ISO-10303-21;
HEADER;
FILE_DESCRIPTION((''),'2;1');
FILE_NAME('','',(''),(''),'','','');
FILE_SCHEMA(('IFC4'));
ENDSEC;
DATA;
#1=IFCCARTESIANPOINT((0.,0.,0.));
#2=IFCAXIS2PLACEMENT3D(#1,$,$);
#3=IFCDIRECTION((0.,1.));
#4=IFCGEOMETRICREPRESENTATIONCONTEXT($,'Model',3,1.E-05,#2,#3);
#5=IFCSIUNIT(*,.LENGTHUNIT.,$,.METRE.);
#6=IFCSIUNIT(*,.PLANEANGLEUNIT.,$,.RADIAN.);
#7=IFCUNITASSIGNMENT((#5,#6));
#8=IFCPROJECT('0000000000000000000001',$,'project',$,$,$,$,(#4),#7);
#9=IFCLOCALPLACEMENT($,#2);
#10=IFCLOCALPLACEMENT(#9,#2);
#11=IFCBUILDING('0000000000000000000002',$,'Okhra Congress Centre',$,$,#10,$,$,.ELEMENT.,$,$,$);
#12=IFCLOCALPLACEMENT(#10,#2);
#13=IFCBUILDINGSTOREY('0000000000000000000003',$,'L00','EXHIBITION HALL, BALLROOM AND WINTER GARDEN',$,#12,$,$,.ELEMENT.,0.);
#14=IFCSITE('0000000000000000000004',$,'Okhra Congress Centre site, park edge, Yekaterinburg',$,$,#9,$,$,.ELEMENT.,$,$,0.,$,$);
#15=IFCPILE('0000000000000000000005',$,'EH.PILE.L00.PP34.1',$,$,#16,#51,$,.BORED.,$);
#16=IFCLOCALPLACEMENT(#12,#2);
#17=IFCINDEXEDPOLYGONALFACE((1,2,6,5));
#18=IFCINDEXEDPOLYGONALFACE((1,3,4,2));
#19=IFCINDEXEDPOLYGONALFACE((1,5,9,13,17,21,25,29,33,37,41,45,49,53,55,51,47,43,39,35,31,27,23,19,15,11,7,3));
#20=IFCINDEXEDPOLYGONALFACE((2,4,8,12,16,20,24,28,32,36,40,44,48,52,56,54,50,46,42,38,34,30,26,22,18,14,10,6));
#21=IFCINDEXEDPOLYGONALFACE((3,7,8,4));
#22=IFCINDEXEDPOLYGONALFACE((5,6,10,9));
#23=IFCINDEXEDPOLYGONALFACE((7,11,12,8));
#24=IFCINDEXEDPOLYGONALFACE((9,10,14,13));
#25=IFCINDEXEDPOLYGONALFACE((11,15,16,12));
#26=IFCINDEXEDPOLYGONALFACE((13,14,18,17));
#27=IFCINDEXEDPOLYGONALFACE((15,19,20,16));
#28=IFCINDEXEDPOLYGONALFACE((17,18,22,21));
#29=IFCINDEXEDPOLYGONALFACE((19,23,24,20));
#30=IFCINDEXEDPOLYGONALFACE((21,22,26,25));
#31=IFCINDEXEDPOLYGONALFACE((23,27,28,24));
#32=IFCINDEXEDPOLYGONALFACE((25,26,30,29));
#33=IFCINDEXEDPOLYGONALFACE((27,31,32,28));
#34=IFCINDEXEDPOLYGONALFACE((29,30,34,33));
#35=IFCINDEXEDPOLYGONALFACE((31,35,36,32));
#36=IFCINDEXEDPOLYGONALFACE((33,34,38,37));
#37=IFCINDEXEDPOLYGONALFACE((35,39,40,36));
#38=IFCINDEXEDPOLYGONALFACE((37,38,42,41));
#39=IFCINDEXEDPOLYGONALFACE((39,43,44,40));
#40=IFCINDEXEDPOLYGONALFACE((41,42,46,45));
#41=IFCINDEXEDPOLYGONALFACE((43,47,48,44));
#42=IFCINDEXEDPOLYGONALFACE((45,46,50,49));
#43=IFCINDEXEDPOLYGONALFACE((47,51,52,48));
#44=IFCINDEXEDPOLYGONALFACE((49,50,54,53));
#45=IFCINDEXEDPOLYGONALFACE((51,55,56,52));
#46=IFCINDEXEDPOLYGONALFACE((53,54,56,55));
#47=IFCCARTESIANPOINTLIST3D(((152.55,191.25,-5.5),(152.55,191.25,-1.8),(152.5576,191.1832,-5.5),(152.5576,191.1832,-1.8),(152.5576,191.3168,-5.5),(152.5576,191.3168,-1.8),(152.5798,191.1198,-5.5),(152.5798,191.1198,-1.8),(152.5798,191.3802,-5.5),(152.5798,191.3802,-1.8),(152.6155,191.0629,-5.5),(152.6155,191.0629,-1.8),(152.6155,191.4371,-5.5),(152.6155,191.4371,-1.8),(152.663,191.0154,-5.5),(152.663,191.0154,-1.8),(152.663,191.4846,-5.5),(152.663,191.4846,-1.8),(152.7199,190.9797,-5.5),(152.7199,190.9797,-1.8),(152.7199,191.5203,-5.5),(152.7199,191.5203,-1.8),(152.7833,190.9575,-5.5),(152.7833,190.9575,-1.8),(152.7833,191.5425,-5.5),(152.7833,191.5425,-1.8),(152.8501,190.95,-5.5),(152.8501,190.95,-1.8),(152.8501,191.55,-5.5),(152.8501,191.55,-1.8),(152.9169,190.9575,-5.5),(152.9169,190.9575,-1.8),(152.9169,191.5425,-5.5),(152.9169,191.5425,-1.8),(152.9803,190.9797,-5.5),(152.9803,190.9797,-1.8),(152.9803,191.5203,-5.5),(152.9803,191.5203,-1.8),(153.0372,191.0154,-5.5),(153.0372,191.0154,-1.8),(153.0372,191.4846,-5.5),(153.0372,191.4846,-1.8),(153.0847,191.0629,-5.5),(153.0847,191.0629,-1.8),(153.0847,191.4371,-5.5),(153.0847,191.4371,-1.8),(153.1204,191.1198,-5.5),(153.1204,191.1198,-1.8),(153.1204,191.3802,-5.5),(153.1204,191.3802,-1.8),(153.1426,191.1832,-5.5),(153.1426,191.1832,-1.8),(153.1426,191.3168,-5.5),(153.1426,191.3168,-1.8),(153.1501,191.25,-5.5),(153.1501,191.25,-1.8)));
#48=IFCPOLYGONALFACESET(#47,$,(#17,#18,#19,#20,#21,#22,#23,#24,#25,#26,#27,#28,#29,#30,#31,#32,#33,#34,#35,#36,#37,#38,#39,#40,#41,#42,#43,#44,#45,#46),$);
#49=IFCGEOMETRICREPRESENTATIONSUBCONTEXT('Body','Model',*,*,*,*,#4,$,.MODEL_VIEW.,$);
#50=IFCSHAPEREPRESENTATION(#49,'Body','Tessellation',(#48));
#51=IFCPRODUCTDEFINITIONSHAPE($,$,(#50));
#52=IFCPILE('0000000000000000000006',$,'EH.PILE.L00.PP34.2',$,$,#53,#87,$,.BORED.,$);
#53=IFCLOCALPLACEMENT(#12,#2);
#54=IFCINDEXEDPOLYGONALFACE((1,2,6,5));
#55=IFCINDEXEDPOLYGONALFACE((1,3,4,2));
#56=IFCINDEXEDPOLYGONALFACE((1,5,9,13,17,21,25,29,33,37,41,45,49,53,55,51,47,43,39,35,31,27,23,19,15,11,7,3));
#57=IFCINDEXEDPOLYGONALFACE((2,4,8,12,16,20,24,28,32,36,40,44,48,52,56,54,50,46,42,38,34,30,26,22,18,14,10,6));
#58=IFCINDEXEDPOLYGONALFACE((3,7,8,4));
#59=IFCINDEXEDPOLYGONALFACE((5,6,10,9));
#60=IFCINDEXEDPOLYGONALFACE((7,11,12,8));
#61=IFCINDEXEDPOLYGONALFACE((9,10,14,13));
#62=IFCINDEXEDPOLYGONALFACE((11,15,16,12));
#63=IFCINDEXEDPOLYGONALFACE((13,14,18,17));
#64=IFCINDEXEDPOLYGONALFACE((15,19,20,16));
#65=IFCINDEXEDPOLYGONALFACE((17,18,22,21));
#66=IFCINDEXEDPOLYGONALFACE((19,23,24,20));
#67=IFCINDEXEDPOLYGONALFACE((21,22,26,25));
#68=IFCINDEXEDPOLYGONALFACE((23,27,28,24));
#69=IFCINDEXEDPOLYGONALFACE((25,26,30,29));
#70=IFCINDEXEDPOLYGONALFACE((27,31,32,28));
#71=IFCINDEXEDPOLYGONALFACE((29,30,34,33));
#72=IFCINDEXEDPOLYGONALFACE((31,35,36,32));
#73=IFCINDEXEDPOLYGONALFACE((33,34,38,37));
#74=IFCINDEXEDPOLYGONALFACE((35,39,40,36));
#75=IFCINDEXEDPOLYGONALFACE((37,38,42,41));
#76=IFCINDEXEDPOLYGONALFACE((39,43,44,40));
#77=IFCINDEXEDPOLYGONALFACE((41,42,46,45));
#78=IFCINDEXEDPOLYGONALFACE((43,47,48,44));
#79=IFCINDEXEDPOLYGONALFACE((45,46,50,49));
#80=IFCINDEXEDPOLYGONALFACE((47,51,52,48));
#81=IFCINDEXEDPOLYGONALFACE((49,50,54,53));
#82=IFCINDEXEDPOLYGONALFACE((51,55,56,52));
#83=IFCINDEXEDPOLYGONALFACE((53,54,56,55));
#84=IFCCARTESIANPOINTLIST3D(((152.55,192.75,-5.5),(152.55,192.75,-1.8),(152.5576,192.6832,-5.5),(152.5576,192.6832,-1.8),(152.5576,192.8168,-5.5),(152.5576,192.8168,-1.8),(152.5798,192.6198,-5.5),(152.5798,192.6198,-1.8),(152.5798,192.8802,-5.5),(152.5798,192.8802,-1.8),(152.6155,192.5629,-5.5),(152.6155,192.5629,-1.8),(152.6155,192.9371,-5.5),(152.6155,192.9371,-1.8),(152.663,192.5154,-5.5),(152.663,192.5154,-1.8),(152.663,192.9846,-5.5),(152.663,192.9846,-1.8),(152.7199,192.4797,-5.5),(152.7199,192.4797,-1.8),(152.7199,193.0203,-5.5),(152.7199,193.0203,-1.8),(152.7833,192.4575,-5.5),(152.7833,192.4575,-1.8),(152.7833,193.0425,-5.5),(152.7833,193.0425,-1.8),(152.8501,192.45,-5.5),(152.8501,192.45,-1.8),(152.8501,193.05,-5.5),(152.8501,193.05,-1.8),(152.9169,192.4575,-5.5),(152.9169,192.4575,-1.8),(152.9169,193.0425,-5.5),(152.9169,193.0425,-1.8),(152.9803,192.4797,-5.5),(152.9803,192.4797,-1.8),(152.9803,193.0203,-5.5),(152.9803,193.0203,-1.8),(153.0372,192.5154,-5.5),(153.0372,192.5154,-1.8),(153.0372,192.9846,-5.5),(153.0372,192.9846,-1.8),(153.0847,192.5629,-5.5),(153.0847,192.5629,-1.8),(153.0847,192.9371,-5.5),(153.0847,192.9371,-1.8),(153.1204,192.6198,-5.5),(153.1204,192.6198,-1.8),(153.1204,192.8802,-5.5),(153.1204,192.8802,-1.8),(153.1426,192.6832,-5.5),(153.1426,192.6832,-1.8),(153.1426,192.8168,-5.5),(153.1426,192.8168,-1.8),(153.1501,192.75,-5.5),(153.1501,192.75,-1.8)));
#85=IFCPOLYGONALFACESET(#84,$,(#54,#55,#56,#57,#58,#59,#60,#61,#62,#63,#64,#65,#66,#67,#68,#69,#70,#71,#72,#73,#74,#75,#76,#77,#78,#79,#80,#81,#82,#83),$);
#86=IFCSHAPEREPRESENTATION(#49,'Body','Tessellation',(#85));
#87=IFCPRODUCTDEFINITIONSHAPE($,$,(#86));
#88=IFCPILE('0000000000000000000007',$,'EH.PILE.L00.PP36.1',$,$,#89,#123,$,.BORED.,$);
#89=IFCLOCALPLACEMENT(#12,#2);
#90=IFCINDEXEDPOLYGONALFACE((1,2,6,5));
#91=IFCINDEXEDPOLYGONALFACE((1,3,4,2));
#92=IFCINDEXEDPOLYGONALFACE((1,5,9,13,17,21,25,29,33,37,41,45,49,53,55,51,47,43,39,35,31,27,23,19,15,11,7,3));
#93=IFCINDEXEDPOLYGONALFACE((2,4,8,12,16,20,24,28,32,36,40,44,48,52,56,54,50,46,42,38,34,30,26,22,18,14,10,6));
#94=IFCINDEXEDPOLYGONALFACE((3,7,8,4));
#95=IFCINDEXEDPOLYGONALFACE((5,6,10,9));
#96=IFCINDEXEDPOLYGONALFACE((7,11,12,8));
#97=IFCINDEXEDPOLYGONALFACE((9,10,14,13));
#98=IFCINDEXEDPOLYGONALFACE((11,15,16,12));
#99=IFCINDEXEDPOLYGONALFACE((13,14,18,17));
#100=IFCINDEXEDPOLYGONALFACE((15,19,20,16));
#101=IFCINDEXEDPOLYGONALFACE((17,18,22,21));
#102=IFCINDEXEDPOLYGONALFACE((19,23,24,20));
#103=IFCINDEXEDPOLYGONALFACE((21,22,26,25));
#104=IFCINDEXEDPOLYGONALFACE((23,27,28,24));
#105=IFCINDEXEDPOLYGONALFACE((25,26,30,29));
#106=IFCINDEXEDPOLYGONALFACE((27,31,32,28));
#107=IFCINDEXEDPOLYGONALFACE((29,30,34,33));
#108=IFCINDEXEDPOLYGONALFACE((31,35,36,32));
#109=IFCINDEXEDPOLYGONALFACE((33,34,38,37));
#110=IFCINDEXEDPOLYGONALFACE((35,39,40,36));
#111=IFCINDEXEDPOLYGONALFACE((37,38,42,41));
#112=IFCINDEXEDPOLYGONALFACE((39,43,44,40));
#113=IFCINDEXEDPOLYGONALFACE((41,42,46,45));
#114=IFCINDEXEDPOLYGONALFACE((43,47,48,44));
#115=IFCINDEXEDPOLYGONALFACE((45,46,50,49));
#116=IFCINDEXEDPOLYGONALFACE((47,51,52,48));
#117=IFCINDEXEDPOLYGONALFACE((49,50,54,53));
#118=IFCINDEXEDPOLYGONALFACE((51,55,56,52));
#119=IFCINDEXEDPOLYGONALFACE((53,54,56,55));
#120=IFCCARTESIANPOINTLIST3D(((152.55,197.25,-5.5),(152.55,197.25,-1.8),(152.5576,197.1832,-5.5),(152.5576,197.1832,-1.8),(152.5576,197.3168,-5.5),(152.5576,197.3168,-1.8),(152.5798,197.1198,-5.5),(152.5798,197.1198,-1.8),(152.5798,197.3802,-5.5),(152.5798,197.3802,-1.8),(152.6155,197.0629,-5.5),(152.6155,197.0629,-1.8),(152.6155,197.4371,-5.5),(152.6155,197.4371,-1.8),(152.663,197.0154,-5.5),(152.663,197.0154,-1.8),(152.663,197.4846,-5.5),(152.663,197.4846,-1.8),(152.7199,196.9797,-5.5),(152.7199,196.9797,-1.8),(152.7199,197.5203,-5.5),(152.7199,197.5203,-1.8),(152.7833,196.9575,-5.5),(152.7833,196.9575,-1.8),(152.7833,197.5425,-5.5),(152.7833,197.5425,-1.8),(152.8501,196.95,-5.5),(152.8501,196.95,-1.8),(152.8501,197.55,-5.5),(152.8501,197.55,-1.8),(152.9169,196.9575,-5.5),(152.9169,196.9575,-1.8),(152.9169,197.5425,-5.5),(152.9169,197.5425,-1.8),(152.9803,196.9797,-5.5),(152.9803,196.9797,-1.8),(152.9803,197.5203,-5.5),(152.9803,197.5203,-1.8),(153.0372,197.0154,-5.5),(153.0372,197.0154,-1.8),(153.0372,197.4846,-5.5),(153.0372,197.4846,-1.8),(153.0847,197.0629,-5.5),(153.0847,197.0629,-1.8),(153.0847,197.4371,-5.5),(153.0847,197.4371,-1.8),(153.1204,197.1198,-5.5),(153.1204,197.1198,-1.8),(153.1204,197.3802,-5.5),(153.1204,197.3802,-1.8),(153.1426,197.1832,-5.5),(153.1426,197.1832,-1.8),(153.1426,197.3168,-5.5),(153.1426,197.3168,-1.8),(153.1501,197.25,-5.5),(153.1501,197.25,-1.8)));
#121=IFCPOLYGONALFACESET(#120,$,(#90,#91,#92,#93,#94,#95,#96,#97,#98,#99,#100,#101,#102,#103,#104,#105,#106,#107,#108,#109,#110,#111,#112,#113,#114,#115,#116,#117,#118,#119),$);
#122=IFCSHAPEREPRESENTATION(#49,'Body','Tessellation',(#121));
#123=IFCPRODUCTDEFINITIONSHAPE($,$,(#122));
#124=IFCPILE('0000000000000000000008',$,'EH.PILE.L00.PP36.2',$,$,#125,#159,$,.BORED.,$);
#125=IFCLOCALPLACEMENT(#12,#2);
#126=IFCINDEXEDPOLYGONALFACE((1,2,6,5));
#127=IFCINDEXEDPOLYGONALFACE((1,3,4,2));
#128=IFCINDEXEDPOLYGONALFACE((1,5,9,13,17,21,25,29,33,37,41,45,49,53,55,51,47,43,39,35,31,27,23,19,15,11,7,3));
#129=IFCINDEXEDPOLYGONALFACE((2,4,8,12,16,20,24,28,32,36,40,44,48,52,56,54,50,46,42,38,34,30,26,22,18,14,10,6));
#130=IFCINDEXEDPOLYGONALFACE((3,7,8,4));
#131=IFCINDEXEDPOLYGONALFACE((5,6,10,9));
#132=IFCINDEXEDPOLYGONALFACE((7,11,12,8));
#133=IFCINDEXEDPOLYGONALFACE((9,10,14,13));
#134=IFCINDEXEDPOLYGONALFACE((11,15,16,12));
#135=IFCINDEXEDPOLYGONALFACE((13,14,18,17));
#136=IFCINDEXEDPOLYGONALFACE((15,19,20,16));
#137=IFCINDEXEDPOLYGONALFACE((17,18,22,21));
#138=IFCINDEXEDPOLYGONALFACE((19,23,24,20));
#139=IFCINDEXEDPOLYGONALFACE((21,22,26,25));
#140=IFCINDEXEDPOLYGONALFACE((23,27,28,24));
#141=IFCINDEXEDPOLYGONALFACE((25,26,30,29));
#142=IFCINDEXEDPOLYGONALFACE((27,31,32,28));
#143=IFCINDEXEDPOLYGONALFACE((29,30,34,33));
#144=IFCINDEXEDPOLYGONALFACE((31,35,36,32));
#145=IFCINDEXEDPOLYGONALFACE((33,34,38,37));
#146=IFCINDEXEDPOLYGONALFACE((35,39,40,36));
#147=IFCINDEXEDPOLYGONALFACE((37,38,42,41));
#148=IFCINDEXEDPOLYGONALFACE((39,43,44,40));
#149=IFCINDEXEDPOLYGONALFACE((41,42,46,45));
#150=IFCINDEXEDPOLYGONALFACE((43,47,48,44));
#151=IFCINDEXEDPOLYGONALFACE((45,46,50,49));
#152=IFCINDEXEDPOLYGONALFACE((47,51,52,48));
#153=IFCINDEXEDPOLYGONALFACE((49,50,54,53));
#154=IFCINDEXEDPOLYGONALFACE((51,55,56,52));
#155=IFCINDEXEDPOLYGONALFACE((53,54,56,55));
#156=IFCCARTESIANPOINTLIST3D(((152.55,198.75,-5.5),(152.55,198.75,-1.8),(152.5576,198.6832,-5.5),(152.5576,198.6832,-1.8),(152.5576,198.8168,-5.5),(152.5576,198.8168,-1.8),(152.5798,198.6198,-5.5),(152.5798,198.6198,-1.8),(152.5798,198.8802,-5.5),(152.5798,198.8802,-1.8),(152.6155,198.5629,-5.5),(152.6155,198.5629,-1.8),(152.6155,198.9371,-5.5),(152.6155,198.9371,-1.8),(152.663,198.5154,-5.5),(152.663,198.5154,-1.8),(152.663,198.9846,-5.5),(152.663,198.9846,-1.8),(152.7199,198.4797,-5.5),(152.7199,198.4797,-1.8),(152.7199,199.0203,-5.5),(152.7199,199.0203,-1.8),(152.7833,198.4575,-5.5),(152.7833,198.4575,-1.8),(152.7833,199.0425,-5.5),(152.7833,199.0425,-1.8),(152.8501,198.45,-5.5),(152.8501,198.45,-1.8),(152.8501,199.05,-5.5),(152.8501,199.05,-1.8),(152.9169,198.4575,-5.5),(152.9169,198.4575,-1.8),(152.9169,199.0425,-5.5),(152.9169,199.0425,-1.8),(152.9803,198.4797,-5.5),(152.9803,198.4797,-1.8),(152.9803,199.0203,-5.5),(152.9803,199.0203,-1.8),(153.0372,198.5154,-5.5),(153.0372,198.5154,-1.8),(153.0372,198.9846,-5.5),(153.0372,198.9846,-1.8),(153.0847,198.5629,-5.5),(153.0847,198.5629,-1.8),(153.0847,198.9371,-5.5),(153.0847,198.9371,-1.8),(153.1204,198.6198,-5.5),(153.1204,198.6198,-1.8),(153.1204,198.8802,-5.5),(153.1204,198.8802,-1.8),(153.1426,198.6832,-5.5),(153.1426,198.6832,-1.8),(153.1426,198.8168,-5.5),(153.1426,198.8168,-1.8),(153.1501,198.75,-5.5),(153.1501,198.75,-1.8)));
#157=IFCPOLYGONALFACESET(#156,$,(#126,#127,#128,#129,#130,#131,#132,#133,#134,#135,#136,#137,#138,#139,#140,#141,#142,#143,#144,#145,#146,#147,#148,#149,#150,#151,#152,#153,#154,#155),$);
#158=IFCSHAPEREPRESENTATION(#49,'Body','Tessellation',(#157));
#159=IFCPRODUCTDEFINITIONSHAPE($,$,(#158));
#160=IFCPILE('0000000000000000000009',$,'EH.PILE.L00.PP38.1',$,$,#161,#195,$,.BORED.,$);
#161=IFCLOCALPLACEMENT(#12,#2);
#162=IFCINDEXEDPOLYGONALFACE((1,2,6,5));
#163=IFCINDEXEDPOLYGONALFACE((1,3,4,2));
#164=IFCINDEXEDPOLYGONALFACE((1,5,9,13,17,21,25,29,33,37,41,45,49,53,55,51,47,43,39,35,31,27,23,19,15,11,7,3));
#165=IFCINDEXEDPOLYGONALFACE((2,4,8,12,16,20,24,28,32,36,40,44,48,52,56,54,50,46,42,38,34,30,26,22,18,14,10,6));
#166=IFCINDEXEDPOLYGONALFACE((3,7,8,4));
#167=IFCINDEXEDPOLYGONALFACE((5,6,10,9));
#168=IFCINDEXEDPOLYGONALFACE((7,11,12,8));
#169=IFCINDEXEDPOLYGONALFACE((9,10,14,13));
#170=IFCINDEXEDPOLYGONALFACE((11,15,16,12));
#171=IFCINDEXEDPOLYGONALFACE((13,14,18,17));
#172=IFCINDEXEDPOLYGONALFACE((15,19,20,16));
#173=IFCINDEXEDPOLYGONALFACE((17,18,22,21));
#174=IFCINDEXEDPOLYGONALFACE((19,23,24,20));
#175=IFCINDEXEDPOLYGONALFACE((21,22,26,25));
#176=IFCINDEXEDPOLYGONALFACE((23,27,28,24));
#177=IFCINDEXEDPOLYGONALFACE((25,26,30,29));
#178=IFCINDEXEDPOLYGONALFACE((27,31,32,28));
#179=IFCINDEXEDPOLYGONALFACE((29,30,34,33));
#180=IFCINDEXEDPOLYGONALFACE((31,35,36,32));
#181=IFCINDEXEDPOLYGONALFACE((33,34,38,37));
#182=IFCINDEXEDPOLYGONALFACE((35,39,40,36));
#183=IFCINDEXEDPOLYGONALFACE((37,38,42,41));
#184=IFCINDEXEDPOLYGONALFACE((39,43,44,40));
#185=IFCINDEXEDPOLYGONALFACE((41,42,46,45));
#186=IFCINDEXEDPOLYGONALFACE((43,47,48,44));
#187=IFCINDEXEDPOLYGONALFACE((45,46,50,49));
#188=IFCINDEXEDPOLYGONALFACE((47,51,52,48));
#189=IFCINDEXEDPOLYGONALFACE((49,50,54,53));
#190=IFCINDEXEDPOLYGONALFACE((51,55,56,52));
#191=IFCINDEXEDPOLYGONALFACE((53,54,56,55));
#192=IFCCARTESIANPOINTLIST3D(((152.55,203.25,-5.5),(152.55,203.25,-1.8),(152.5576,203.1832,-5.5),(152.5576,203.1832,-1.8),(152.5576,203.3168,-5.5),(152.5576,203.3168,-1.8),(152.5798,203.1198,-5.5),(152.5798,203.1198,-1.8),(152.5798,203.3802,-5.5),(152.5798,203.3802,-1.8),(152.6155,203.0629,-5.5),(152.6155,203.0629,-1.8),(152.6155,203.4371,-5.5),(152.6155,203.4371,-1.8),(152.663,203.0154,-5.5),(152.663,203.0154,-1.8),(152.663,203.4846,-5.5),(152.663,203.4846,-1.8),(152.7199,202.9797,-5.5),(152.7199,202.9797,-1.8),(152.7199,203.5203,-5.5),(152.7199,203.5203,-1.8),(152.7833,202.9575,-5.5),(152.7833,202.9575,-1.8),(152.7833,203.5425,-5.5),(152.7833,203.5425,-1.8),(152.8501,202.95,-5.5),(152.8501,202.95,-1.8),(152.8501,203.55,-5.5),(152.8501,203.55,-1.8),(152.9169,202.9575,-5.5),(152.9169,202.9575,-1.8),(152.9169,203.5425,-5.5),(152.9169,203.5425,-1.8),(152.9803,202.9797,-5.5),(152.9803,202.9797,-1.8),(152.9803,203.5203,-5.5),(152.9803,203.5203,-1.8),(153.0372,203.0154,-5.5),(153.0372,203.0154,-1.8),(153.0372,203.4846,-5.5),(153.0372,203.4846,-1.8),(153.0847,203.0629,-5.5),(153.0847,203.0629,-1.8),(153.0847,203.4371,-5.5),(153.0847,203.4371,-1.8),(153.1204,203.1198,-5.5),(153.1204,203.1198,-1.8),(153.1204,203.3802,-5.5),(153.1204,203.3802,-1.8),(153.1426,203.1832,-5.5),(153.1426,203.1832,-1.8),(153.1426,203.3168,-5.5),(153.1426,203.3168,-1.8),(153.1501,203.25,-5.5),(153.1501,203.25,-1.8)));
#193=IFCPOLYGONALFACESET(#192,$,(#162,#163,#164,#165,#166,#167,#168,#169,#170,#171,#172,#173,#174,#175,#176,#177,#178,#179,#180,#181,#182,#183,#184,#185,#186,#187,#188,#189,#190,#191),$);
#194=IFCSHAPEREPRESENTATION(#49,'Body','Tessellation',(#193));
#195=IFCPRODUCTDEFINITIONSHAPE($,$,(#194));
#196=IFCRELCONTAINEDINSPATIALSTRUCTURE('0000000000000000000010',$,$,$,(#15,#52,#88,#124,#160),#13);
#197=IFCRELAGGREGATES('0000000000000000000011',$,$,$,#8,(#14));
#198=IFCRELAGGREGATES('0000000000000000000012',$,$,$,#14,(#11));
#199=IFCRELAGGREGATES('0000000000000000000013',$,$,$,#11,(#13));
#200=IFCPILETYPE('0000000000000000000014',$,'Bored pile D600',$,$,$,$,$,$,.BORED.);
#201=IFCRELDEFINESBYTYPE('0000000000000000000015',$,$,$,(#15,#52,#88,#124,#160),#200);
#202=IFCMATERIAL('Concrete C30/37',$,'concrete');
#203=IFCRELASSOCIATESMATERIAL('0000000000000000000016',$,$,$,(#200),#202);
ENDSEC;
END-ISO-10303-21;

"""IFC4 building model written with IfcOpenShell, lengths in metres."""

from ifc_helpers import new_model, si_unit, direction, frame, origin, origin_2d, place, context, subcontext, project, spatial, circle, extrude, material, material_profile, profile_set, type_object, element, save


model = new_model("IFC4")

# Units and contexts
model_context = context("Model", 3, precision=1e-05, world=origin(), true_north=direction((0.0, 1.0)))
body_context = subcontext(model_context, "Body", "Model", "MODEL_VIEW")
ifc_project = project(units=[si_unit("LENGTHUNIT", "METRE"), si_unit("PLANEANGLEUNIT", "RADIAN")], contexts=[model_context])

# Site, building, storey
site_placement = place(None, origin())
site = spatial("IfcSite", under=ifc_project, at=site_placement, Name="Okhra Congress Centre site, park edge, Yekaterinburg", CompositionType="ELEMENT", RefElevation=0.0)
building_placement = place(site_placement, origin())
building = spatial("IfcBuilding", under=site, at=building_placement, Name="Okhra Congress Centre", CompositionType="ELEMENT")
storey_placement = place(building_placement, origin())
storey = spatial("IfcBuildingStorey", under=building, at=storey_placement, Name="L00", Description="EXHIBITION HALL, BALLROOM AND WINTER GARDEN", CompositionType="ELEMENT", Elevation=0.0)

# Piles
ifc_material_1 = material(Name="Concrete C30/37", Category="concrete")
ifc_material_profile_1 = material_profile(ifc_material_1, circle(Radius=0.3, at=origin_2d()), Name="D600")
ifc_profile_set_1 = profile_set([ifc_material_profile_1], Name="Concrete C30/37")
pile_type_1 = type_object("IfcPileType", Name="Bored pile D600", PredefinedType="BORED", material=ifc_profile_set_1)
for number, where, z_axis, x_axis, name in (
    (1, (152.8501, 191.25, -1.8), (0.0, 0.0, -1.0), (1.0, 0.0, 0.0), "EH.PILE.L00.PP34.1"),
    (2, (152.8501, 192.75, -1.8), (0.0, 0.0, -1.0), (1.0, 0.0, 0.0), "EH.PILE.L00.PP34.2"),
    (3, (152.8501, 197.25, -1.8), (0.0, 0.0, -1.0), (1.0, 0.0, 0.0), "EH.PILE.L00.PP36.1"),
    (4, (152.8501, 198.75, -1.8), (0.0, 0.0, -1.0), (1.0, 0.0, 0.0), "EH.PILE.L00.PP36.2"),
    (5, (152.8501, 203.25, -1.8), (0.0, 0.0, -1.0), (1.0, 0.0, 0.0), "EH.PILE.L00.PP38.1"),
):
    element("IfcPile", number, at=place(storey_placement, frame(where, z_axis=z_axis, x_axis=x_axis)), inside=storey, type_object=pile_type_1, Name=name, PredefinedType="BORED", context=body_context, shape_type="SweptSolid", body=[
        extrude(circle(Radius=0.3, at=origin_2d()), origin(), (0.0, 0.0, 1.0), 3.7),
    ])

save(model, "model.ifc")
